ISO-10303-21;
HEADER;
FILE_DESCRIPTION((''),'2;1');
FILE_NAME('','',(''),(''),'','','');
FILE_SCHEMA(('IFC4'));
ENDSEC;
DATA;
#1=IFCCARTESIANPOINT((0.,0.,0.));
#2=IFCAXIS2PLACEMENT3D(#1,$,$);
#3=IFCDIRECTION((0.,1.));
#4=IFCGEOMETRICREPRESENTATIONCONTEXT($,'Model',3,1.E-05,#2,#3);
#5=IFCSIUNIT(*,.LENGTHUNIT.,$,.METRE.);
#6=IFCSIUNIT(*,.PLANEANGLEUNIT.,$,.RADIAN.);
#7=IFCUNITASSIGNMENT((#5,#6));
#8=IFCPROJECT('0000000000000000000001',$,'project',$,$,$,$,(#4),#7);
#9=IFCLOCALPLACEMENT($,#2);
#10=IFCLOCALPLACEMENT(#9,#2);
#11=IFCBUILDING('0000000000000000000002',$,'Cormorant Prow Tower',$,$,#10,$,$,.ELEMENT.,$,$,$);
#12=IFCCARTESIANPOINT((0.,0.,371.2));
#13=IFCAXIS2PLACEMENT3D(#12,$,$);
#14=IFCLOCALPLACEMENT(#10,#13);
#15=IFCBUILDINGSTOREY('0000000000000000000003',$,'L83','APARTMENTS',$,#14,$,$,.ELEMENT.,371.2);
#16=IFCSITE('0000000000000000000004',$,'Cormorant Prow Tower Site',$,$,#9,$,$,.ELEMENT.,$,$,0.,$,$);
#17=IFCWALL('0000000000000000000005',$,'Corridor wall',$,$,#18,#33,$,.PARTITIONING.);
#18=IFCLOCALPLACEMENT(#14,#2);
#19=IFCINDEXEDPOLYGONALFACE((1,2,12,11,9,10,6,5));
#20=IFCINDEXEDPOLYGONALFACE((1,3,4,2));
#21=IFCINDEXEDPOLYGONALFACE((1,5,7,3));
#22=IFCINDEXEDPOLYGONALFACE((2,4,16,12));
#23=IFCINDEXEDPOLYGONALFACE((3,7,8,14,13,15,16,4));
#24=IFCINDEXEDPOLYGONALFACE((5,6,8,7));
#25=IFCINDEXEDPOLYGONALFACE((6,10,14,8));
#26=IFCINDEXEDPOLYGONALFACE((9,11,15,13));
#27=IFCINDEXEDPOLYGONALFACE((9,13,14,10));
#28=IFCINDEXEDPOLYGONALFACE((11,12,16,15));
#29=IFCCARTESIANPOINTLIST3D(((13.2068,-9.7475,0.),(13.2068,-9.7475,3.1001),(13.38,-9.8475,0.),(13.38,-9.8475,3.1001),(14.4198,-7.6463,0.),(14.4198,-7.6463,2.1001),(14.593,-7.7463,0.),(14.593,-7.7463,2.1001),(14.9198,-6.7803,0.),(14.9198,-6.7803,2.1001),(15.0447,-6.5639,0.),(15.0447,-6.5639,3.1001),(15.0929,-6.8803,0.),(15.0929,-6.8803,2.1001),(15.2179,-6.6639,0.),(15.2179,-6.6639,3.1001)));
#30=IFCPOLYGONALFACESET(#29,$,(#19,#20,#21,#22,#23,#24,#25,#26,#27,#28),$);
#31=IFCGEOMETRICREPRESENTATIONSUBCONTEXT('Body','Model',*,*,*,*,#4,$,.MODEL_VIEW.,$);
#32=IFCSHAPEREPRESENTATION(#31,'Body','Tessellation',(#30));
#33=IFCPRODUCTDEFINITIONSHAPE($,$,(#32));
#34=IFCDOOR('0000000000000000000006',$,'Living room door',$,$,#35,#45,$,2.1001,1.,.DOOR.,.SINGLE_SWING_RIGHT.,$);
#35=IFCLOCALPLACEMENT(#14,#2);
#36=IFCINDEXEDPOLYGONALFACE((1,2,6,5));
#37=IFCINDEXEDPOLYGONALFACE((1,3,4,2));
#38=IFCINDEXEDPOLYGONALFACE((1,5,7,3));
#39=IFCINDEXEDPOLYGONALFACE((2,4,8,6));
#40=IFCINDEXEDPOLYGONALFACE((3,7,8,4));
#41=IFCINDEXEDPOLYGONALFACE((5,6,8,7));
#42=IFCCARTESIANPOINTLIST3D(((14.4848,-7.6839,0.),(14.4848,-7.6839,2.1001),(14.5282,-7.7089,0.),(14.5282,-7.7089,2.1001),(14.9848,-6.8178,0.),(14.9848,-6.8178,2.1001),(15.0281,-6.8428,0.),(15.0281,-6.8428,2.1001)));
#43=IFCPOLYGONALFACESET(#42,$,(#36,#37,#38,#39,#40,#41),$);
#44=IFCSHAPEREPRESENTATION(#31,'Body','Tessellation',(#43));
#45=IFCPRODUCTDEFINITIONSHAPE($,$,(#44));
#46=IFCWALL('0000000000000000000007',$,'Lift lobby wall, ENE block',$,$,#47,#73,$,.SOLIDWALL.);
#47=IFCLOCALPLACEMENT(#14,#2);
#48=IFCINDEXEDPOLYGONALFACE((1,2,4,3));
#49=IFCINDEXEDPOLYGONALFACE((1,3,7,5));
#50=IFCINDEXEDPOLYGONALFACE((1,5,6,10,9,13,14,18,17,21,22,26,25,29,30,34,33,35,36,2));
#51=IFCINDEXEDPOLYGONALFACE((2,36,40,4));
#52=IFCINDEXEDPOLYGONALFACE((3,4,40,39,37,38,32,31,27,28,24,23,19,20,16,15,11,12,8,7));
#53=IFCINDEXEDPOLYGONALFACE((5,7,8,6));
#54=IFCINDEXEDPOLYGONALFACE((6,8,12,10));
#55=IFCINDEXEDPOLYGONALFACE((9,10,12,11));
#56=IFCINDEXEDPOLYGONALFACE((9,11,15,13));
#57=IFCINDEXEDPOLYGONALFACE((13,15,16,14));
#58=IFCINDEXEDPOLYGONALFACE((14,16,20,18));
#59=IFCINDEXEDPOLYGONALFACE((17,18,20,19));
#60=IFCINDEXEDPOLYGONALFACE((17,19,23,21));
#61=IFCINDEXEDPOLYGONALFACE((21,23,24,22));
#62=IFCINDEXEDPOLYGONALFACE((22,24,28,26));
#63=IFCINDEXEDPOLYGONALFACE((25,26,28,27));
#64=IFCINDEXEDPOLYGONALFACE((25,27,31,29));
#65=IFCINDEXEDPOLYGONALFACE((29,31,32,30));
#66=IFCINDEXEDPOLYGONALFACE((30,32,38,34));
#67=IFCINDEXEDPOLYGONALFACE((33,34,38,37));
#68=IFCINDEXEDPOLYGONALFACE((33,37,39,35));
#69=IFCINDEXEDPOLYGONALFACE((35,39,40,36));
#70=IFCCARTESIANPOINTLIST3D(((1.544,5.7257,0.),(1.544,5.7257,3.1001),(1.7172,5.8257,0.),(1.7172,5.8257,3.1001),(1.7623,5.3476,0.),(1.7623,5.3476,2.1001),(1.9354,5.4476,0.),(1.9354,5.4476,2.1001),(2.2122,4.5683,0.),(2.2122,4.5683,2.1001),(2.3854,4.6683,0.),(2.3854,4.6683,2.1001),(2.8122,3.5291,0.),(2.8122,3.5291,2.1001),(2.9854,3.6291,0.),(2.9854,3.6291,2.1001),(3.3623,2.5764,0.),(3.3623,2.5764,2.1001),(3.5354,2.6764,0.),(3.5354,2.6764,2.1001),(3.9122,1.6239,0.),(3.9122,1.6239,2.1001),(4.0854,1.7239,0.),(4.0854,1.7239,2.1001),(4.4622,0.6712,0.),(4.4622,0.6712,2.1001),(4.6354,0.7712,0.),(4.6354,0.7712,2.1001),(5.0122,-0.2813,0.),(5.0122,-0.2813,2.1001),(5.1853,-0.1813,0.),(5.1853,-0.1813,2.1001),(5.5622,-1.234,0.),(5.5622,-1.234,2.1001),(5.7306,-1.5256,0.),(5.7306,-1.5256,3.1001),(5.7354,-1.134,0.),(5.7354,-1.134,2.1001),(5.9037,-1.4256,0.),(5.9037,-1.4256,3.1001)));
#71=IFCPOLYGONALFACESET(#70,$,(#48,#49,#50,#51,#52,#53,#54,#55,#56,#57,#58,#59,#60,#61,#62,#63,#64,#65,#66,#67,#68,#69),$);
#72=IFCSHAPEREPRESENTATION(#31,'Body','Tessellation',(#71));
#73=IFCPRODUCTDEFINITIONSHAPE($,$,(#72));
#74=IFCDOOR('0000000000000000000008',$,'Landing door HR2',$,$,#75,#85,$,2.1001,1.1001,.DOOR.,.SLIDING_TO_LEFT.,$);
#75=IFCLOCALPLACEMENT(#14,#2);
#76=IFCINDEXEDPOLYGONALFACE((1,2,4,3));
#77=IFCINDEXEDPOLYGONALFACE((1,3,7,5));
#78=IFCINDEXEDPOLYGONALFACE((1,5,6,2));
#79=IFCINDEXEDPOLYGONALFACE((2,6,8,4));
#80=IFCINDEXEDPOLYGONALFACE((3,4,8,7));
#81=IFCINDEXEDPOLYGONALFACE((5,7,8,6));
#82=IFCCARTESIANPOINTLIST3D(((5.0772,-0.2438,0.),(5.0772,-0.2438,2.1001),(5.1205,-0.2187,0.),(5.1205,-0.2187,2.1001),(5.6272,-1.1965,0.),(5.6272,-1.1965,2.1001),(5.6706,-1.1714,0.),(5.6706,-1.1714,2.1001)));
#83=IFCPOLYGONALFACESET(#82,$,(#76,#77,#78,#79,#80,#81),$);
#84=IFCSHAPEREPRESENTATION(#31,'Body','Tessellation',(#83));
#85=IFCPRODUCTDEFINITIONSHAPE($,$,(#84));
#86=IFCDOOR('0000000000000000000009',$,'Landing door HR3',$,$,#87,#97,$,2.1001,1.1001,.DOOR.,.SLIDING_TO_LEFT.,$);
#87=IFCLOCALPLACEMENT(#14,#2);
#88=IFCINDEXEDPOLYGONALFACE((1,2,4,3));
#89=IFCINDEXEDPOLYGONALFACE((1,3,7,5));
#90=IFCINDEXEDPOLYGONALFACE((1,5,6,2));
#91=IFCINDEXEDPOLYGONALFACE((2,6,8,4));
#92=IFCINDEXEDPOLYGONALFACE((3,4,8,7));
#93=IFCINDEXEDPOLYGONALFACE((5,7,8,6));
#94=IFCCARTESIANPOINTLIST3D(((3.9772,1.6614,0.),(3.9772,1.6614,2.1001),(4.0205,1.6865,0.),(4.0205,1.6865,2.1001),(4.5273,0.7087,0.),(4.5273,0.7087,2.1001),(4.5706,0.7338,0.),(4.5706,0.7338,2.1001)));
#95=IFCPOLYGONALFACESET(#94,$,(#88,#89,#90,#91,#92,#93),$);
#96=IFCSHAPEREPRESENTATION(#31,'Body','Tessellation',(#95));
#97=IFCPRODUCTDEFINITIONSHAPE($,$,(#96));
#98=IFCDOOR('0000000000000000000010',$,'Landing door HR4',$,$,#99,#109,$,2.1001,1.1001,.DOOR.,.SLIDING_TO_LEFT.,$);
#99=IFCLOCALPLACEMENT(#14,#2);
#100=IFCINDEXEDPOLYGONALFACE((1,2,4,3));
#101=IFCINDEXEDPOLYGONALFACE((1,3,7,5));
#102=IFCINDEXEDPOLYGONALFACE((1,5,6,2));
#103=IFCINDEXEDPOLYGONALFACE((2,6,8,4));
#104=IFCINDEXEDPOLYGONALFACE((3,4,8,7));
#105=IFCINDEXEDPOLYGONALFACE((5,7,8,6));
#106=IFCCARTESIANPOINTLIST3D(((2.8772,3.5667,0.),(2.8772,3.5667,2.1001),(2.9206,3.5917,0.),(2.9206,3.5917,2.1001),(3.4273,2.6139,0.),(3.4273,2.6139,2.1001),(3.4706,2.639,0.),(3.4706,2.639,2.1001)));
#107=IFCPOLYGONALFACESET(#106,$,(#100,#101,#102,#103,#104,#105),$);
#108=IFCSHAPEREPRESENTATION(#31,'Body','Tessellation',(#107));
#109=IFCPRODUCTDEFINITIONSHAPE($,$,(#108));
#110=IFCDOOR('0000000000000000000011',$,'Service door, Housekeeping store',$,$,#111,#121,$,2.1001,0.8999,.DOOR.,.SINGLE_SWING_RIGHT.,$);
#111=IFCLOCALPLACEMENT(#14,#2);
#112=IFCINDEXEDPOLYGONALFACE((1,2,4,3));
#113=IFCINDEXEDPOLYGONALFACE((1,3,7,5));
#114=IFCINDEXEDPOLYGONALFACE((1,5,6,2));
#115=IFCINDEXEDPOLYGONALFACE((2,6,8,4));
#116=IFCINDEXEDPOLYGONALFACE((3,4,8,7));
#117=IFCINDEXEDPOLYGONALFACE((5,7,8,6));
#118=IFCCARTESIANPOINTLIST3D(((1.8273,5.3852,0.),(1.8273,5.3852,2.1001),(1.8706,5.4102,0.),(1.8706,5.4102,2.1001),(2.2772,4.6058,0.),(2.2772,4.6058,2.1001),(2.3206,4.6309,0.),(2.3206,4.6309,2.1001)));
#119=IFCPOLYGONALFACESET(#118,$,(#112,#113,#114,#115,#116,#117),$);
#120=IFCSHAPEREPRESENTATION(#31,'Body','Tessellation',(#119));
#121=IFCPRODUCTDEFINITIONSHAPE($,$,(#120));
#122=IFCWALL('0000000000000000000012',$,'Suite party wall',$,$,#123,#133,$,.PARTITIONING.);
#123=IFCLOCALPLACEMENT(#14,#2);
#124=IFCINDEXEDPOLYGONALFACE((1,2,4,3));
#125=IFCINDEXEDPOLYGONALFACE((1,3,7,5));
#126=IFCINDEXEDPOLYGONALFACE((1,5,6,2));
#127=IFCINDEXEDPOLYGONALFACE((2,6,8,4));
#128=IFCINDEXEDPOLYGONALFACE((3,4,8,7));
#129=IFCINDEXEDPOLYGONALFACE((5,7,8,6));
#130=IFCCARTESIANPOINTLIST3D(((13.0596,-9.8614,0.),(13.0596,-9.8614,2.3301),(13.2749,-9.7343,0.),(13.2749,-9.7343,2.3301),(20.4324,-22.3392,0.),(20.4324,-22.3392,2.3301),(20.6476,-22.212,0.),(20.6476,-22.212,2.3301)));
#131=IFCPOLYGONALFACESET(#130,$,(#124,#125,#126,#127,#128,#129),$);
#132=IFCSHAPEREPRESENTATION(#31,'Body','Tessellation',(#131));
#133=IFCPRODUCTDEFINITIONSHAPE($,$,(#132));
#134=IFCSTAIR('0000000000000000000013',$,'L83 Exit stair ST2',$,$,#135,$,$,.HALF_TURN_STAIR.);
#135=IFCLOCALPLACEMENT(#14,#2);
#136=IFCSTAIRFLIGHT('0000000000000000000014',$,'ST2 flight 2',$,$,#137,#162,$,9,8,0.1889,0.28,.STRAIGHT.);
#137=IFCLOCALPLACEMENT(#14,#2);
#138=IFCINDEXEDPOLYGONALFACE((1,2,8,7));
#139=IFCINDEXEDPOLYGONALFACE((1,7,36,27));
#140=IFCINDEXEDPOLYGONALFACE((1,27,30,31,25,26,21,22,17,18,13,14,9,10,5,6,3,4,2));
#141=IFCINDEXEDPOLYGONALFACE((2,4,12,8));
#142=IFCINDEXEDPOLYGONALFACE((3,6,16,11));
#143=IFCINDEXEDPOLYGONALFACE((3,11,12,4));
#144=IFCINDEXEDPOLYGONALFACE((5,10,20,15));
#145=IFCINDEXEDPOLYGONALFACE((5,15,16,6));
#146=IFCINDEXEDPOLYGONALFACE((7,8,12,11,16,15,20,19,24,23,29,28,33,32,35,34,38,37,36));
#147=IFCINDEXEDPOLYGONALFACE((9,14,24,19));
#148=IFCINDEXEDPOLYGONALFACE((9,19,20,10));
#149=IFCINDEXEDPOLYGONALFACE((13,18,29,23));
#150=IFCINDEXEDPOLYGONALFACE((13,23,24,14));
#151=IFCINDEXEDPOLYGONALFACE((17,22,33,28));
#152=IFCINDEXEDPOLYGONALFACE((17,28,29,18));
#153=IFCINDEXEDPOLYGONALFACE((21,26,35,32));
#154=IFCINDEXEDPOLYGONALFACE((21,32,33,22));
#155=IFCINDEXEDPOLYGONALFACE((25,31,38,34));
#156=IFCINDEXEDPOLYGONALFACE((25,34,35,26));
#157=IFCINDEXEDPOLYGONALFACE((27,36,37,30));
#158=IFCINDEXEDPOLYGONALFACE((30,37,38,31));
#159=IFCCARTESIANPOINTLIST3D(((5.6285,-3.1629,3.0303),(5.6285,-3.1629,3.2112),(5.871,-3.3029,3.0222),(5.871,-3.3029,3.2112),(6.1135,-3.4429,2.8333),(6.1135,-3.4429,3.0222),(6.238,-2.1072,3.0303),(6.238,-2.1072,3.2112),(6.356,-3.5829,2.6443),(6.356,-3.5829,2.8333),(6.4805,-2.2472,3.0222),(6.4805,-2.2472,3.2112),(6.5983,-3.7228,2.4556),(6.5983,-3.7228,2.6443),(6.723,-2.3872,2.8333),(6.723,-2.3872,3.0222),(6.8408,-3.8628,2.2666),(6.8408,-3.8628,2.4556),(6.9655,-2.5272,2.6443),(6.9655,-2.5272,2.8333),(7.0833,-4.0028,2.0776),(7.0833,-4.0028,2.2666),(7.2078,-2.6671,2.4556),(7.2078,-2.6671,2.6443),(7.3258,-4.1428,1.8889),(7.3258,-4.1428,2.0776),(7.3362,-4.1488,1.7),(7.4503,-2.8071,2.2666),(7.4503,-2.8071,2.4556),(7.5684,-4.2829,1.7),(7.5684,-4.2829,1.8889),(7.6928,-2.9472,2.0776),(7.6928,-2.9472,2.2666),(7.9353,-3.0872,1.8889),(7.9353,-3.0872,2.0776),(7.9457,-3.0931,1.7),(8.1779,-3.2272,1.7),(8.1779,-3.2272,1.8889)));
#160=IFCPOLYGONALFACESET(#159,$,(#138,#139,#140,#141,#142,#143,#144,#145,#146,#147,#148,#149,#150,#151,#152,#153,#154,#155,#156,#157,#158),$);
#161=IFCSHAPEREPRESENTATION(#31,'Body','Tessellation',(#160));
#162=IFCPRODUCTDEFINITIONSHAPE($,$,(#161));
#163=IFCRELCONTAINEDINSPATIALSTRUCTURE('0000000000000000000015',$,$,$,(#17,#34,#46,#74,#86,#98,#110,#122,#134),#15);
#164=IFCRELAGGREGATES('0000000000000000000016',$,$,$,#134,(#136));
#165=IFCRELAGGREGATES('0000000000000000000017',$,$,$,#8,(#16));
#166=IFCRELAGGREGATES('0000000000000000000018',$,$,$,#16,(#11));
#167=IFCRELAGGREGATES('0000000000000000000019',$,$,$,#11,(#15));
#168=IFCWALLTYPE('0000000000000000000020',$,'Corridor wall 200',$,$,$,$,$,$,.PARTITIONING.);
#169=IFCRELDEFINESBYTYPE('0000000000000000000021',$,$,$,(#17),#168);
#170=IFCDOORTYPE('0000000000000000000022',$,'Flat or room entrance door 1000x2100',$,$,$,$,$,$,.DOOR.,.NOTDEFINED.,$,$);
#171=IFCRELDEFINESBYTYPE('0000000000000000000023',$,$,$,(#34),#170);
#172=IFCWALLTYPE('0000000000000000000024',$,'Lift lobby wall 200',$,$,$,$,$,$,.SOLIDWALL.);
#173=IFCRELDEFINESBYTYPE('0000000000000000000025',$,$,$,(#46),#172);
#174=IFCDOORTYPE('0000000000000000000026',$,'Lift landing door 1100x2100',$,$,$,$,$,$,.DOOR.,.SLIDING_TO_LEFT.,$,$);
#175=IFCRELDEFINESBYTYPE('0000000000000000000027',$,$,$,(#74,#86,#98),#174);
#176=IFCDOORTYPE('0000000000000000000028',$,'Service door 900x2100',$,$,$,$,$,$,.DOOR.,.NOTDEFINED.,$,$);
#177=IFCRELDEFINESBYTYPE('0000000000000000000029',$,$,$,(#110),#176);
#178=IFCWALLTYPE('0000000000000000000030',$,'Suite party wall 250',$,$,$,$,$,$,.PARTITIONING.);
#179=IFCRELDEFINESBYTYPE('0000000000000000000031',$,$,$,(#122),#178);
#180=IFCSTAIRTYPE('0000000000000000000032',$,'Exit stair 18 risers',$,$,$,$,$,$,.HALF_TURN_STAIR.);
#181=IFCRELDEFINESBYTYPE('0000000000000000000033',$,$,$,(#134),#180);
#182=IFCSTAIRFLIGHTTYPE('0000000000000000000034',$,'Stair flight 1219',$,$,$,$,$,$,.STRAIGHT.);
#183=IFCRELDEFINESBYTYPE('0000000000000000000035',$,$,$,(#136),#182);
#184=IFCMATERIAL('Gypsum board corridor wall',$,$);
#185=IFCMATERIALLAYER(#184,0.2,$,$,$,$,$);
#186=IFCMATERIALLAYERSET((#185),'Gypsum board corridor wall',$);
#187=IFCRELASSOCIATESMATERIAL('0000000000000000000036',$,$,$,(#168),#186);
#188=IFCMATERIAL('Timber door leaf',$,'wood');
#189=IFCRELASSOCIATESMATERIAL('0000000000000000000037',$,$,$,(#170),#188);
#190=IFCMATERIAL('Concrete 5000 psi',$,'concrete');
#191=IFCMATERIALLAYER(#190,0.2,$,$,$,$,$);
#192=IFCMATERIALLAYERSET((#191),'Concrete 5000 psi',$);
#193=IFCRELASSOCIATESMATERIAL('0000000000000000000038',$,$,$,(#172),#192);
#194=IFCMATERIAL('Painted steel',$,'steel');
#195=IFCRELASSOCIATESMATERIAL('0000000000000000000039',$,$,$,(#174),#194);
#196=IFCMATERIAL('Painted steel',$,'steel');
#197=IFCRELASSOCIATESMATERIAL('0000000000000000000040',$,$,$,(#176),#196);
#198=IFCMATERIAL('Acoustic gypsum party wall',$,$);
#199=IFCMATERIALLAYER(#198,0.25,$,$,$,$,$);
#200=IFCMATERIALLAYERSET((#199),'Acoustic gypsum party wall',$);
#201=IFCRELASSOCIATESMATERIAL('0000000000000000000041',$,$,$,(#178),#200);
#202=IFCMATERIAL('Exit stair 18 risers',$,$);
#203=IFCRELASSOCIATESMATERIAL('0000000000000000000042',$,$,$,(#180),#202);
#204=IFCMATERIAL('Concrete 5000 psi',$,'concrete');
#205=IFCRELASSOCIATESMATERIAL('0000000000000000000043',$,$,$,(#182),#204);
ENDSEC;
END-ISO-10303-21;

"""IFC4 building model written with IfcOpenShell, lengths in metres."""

from ifc_helpers import new_model, si_unit, direction, frame, frame_2d, origin, place, context, subcontext, project, spatial, polyline, rectangle, outline, extrude, material, layer, layer_set, type_object, element, fill, aggregate, save


model = new_model("IFC4")

# Units and contexts
model_context = context("Model", 3, precision=1e-05, world=origin(), true_north=direction((0.0, 1.0)))
body_context = subcontext(model_context, "Body", "Model", "MODEL_VIEW")
ifc_project = project(units=[si_unit("LENGTHUNIT", "METRE"), si_unit("PLANEANGLEUNIT", "RADIAN")], contexts=[model_context])

# Site, building, storey
site_placement = place(None, origin())
site = spatial("IfcSite", under=ifc_project, at=site_placement, Name="Cormorant Prow Tower Site", CompositionType="ELEMENT", RefElevation=0.0)
building_placement = place(site_placement, origin())
building = spatial("IfcBuilding", under=site, at=building_placement, Name="Cormorant Prow Tower", CompositionType="ELEMENT")
storey_placement = place(building_placement, frame((0.0, 0.0, 371.2)))
storey = spatial("IfcBuildingStorey", under=building, at=storey_placement, Name="L83", Description="APARTMENTS", CompositionType="ELEMENT", Elevation=371.2)

# Shared definitions
ifc_material_1 = material(Name="Gypsum board corridor wall")
ifc_layer_1 = layer(ifc_material_1, 0.2)
ifc_layer_set_1 = layer_set([ifc_layer_1], Name="Gypsum board corridor wall")
wall_type_1 = type_object("IfcWallType", Name="Corridor wall 200", PredefinedType="PARTITIONING", material=ifc_layer_set_1)

# Wall, opening, door
wall_1_placement = place(storey_placement, frame((13.2935, -9.7974, 0.0), z_axis=(0.0, 0.0, 1.0), x_axis=(0.499968, 0.866044, 0.0)))
wall_1 = element("IfcWall", 1, at=wall_1_placement, inside=storey, type_object=wall_type_1, Name="Corridor wall", PredefinedType="PARTITIONING", context=body_context, shape_type="SweptSolid", body=[
    extrude(rectangle(XDim=3.676, YDim=0.2, at=frame_2d((1.8379, 0.0))), origin(), (0.0, 0.0, 1.0), 3.1001),
])
opening_1_placement = place(wall_1_placement, frame((2.426, 0.0, 0.0)))
opening_1 = element("IfcOpeningElement", 2, at=opening_1_placement, cuts=wall_1, PredefinedType="OPENING", context=body_context, shape_type="SweptSolid", body=[
    extrude(rectangle(XDim=1.0, YDim=2.1001, at=frame_2d((0.5, 1.05))), frame((0.0, 0.1099, 0.0), z_axis=(0.0, -1.0, 0.0), x_axis=(1.0, 0.0, 0.0)), (0.0, 0.0, 1.0), 0.22),
])
ifc_material_2 = material(Name="Timber door leaf", Category="wood")
door_type_1 = type_object("IfcDoorType", Name="Flat or room entrance door 1000x2100", OperationType="NOTDEFINED", PredefinedType="DOOR", material=ifc_material_2)
door_1_placement = place(opening_1_placement, origin())
door_1 = element("IfcDoor", 3, at=door_1_placement, inside=storey, type_object=door_type_1, Name="Living room door", OperationType="SINGLE_SWING_RIGHT", OverallHeight=2.1001, OverallWidth=1.0, PredefinedType="DOOR", context=body_context, shape_type="SweptSolid", body=[
    extrude(rectangle(XDim=1.0, YDim=2.1001, at=frame_2d((0.5, 1.05))), frame((0.0, 0.0249, 0.0), z_axis=(0.0, -1.0, 0.0), x_axis=(1.0, 0.0, 0.0)), (0.0, 0.0, 1.0), 0.05),
])
fill(opening_1, door_1)

# Wall, openings, doors
ifc_material_3 = material(Name="Concrete 5000 psi", Category="concrete")
ifc_layer_2 = layer(ifc_material_3, 0.2)
ifc_layer_set_2 = layer_set([ifc_layer_2], Name="Concrete 5000 psi")
wall_type_2 = type_object("IfcWallType", Name="Lift lobby wall 200", PredefinedType="SOLIDWALL", material=ifc_layer_set_2)
wall_2_placement = place(storey_placement, frame((5.8171, -1.4756, 0.0), z_axis=(0.0, 0.0, 1.0), x_axis=(-0.500003, 0.866024, 0.0)))
wall_2 = element("IfcWall", 4, at=wall_2_placement, inside=storey, type_object=wall_type_2, Name="Lift lobby wall, ENE block", PredefinedType="SOLIDWALL", context=body_context, shape_type="SweptSolid", body=[
    extrude(rectangle(XDim=8.373, YDim=0.2, at=frame_2d((4.1865, 0.0))), origin(), (0.0, 0.0, 1.0), 3.1001),
])
opening_2_placement = place(wall_2_placement, frame((0.3367, 0.0, 0.0)))
opening_2 = element("IfcOpeningElement", 5, at=opening_2_placement, cuts=wall_2, PredefinedType="OPENING", context=body_context, shape_type="SweptSolid", body=[
    extrude(rectangle(XDim=1.1001, YDim=2.1001, at=frame_2d((0.55, 1.05))), frame((0.0, 0.1099, 0.0), z_axis=(0.0, -1.0, 0.0), x_axis=(1.0, 0.0, 0.0)), (0.0, 0.0, 1.0), 0.22),
])
opening_3_placement = place(wall_2_placement, frame((2.5366, 0.0, 0.0)))
opening_3 = element("IfcOpeningElement", 6, at=opening_3_placement, cuts=wall_2, PredefinedType="OPENING", context=body_context, shape_type="SweptSolid", body=[
    extrude(rectangle(XDim=1.1001, YDim=2.1001, at=frame_2d((0.55, 1.05))), frame((0.0, 0.1099, 0.0), z_axis=(0.0, -1.0, 0.0), x_axis=(1.0, 0.0, 0.0)), (0.0, 0.0, 1.0), 0.22),
])
opening_4_placement = place(wall_2_placement, frame((4.7366, 0.0, 0.0)))
opening_4 = element("IfcOpeningElement", 7, at=opening_4_placement, cuts=wall_2, PredefinedType="OPENING", context=body_context, shape_type="SweptSolid", body=[
    extrude(rectangle(XDim=1.1001, YDim=2.1001, at=frame_2d((0.55, 1.05))), frame((0.0, 0.1099, 0.0), z_axis=(0.0, -1.0, 0.0), x_axis=(1.0, 0.0, 0.0)), (0.0, 0.0, 1.0), 0.22),
])
opening_5_placement = place(wall_2_placement, frame((7.0366, 0.0, 0.0)))
opening_5 = element("IfcOpeningElement", 8, at=opening_5_placement, cuts=wall_2, PredefinedType="OPENING", context=body_context, shape_type="SweptSolid", body=[
    extrude(rectangle(XDim=0.8999, YDim=2.1001, at=frame_2d((0.45, 1.05))), frame((0.0, 0.1099, 0.0), z_axis=(0.0, -1.0, 0.0), x_axis=(1.0, 0.0, 0.0)), (0.0, 0.0, 1.0), 0.22),
])
ifc_material_4 = material(Name="Painted steel", Category="steel")
door_type_2 = type_object("IfcDoorType", Name="Lift landing door 1100x2100", OperationType="SLIDING_TO_LEFT", PredefinedType="DOOR", material=ifc_material_4)
door_2_placement = place(opening_2_placement, origin())
door_2 = element("IfcDoor", 9, at=door_2_placement, inside=storey, type_object=door_type_2, Name="Landing door HR2", OperationType="SLIDING_TO_LEFT", OverallHeight=2.1001, OverallWidth=1.1001, PredefinedType="DOOR", context=body_context, shape_type="SweptSolid", body=[
    extrude(rectangle(XDim=1.1001, YDim=2.1001, at=frame_2d((0.55, 1.05))), frame((0.0, 0.0249, 0.0), z_axis=(0.0, -1.0, 0.0), x_axis=(1.0, 0.0, 0.0)), (0.0, 0.0, 1.0), 0.05),
])
fill(opening_2, door_2)
door_3_placement = place(opening_3_placement, origin())
door_3 = element("IfcDoor", 10, at=door_3_placement, inside=storey, type_object=door_type_2, Name="Landing door HR3", OperationType="SLIDING_TO_LEFT", OverallHeight=2.1001, OverallWidth=1.1001, PredefinedType="DOOR", context=body_context, shape_type="SweptSolid", body=[
    extrude(rectangle(XDim=1.1001, YDim=2.1001, at=frame_2d((0.55, 1.05))), frame((0.0, 0.0249, 0.0), z_axis=(0.0, -1.0, 0.0), x_axis=(1.0, 0.0, 0.0)), (0.0, 0.0, 1.0), 0.05),
])
fill(opening_3, door_3)
door_4_placement = place(opening_4_placement, origin())
door_4 = element("IfcDoor", 11, at=door_4_placement, inside=storey, type_object=door_type_2, Name="Landing door HR4", OperationType="SLIDING_TO_LEFT", OverallHeight=2.1001, OverallWidth=1.1001, PredefinedType="DOOR", context=body_context, shape_type="SweptSolid", body=[
    extrude(rectangle(XDim=1.1001, YDim=2.1001, at=frame_2d((0.55, 1.05))), frame((0.0, 0.0249, 0.0), z_axis=(0.0, -1.0, 0.0), x_axis=(1.0, 0.0, 0.0)), (0.0, 0.0, 1.0), 0.05),
])
fill(opening_4, door_4)
ifc_material_5 = material(Name="Painted steel", Category="steel")
door_type_3 = type_object("IfcDoorType", Name="Service door 900x2100", OperationType="NOTDEFINED", PredefinedType="DOOR", material=ifc_material_5)
door_5_placement = place(opening_5_placement, origin())
door_5 = element("IfcDoor", 12, at=door_5_placement, inside=storey, type_object=door_type_3, Name="Service door, Housekeeping store", OperationType="SINGLE_SWING_RIGHT", OverallHeight=2.1001, OverallWidth=0.8999, PredefinedType="DOOR", context=body_context, shape_type="SweptSolid", body=[
    extrude(rectangle(XDim=0.8999, YDim=2.1001, at=frame_2d((0.45, 1.05))), frame((0.0, 0.0249, 0.0), z_axis=(0.0, -1.0, 0.0), x_axis=(1.0, 0.0, 0.0)), (0.0, 0.0, 1.0), 0.05),
])
fill(opening_5, door_5)

# Wall
ifc_material_6 = material(Name="Acoustic gypsum party wall")
ifc_layer_3 = layer(ifc_material_6, 0.25)
ifc_layer_set_3 = layer_set([ifc_layer_3], Name="Acoustic gypsum party wall")
wall_type_3 = type_object("IfcWallType", Name="Suite party wall 250", PredefinedType="PARTITIONING", material=ifc_layer_set_3)
wall_3_placement = place(storey_placement, frame((13.1672, -9.7979, 0.0), z_axis=(0.0, 0.0, 1.0), x_axis=(0.508707, -0.86094, 0.0)))
element("IfcWall", 13, at=wall_3_placement, inside=storey, type_object=wall_type_3, Name="Suite party wall", PredefinedType="PARTITIONING", context=body_context, shape_type="SweptSolid", body=[
    extrude(rectangle(XDim=14.4932, YDim=0.25, at=frame_2d((7.2466, 0.0))), origin(), (0.0, 0.0, 1.0), 2.3301),
])

# Stair, stair flight
ifc_material_7 = material(Name="Exit stair 18 risers")
stair_type = type_object("IfcStairType", Name="Exit stair 18 risers", PredefinedType="HALF_TURN_STAIR", material=ifc_material_7)
stair_placement = place(storey_placement, origin())
stair = element("IfcStair", 14, at=stair_placement, inside=storey, type_object=stair_type, Name="L83 Exit stair ST2", PredefinedType="HALF_TURN_STAIR")
ifc_material_8 = material(Name="Concrete 5000 psi", Category="concrete")
stair_flight_type = type_object("IfcStairFlightType", Name="Stair flight 1219", PredefinedType="STRAIGHT", material=ifc_material_8)
stair_flight_placement = place(storey_placement, frame((7.873, -3.7551, 1.7), z_axis=(0.0, 0.0, 1.0), x_axis=(-0.866025, 0.5, 0.0)))
stair_flight = element("IfcStairFlight", 15, at=stair_flight_placement, type_object=stair_flight_type, Name="ST2 flight 2", NumberOfRisers=9, NumberOfTreads=8, PredefinedType="STRAIGHT", RiserHeight=0.1889, TreadLength=0.28, context=body_context, shape_type="SweptSolid", body=[
    extrude(outline(polyline([(0.0, 0.0), (0.0, 0.189), (0.28, 0.189), (0.28, 0.3777), (0.5601, 0.3777), (0.5601, 0.5667), (0.8401, 0.5667), (0.8401, 0.7556), (1.1201, 0.7556), (1.1201, 0.9443), (1.3999, 0.9443), (1.3999, 1.1333), (1.6799, 1.1333), (1.6799, 1.3223), (1.96, 1.3223), (1.96, 1.5112), (2.24, 1.5112), (2.24, 1.7), (2.24, 1.3303), (0.2681, 0.0), (0.0, 0.0)])), frame((0.0, 0.6094, 0.0), z_axis=(0.0, -1.0, 0.0), x_axis=(1.0, 0.0, 0.0)), (0.0, 0.0, 1.0), 1.219),
])
aggregate(stair, [stair_flight])

save(model, "model.ifc")
